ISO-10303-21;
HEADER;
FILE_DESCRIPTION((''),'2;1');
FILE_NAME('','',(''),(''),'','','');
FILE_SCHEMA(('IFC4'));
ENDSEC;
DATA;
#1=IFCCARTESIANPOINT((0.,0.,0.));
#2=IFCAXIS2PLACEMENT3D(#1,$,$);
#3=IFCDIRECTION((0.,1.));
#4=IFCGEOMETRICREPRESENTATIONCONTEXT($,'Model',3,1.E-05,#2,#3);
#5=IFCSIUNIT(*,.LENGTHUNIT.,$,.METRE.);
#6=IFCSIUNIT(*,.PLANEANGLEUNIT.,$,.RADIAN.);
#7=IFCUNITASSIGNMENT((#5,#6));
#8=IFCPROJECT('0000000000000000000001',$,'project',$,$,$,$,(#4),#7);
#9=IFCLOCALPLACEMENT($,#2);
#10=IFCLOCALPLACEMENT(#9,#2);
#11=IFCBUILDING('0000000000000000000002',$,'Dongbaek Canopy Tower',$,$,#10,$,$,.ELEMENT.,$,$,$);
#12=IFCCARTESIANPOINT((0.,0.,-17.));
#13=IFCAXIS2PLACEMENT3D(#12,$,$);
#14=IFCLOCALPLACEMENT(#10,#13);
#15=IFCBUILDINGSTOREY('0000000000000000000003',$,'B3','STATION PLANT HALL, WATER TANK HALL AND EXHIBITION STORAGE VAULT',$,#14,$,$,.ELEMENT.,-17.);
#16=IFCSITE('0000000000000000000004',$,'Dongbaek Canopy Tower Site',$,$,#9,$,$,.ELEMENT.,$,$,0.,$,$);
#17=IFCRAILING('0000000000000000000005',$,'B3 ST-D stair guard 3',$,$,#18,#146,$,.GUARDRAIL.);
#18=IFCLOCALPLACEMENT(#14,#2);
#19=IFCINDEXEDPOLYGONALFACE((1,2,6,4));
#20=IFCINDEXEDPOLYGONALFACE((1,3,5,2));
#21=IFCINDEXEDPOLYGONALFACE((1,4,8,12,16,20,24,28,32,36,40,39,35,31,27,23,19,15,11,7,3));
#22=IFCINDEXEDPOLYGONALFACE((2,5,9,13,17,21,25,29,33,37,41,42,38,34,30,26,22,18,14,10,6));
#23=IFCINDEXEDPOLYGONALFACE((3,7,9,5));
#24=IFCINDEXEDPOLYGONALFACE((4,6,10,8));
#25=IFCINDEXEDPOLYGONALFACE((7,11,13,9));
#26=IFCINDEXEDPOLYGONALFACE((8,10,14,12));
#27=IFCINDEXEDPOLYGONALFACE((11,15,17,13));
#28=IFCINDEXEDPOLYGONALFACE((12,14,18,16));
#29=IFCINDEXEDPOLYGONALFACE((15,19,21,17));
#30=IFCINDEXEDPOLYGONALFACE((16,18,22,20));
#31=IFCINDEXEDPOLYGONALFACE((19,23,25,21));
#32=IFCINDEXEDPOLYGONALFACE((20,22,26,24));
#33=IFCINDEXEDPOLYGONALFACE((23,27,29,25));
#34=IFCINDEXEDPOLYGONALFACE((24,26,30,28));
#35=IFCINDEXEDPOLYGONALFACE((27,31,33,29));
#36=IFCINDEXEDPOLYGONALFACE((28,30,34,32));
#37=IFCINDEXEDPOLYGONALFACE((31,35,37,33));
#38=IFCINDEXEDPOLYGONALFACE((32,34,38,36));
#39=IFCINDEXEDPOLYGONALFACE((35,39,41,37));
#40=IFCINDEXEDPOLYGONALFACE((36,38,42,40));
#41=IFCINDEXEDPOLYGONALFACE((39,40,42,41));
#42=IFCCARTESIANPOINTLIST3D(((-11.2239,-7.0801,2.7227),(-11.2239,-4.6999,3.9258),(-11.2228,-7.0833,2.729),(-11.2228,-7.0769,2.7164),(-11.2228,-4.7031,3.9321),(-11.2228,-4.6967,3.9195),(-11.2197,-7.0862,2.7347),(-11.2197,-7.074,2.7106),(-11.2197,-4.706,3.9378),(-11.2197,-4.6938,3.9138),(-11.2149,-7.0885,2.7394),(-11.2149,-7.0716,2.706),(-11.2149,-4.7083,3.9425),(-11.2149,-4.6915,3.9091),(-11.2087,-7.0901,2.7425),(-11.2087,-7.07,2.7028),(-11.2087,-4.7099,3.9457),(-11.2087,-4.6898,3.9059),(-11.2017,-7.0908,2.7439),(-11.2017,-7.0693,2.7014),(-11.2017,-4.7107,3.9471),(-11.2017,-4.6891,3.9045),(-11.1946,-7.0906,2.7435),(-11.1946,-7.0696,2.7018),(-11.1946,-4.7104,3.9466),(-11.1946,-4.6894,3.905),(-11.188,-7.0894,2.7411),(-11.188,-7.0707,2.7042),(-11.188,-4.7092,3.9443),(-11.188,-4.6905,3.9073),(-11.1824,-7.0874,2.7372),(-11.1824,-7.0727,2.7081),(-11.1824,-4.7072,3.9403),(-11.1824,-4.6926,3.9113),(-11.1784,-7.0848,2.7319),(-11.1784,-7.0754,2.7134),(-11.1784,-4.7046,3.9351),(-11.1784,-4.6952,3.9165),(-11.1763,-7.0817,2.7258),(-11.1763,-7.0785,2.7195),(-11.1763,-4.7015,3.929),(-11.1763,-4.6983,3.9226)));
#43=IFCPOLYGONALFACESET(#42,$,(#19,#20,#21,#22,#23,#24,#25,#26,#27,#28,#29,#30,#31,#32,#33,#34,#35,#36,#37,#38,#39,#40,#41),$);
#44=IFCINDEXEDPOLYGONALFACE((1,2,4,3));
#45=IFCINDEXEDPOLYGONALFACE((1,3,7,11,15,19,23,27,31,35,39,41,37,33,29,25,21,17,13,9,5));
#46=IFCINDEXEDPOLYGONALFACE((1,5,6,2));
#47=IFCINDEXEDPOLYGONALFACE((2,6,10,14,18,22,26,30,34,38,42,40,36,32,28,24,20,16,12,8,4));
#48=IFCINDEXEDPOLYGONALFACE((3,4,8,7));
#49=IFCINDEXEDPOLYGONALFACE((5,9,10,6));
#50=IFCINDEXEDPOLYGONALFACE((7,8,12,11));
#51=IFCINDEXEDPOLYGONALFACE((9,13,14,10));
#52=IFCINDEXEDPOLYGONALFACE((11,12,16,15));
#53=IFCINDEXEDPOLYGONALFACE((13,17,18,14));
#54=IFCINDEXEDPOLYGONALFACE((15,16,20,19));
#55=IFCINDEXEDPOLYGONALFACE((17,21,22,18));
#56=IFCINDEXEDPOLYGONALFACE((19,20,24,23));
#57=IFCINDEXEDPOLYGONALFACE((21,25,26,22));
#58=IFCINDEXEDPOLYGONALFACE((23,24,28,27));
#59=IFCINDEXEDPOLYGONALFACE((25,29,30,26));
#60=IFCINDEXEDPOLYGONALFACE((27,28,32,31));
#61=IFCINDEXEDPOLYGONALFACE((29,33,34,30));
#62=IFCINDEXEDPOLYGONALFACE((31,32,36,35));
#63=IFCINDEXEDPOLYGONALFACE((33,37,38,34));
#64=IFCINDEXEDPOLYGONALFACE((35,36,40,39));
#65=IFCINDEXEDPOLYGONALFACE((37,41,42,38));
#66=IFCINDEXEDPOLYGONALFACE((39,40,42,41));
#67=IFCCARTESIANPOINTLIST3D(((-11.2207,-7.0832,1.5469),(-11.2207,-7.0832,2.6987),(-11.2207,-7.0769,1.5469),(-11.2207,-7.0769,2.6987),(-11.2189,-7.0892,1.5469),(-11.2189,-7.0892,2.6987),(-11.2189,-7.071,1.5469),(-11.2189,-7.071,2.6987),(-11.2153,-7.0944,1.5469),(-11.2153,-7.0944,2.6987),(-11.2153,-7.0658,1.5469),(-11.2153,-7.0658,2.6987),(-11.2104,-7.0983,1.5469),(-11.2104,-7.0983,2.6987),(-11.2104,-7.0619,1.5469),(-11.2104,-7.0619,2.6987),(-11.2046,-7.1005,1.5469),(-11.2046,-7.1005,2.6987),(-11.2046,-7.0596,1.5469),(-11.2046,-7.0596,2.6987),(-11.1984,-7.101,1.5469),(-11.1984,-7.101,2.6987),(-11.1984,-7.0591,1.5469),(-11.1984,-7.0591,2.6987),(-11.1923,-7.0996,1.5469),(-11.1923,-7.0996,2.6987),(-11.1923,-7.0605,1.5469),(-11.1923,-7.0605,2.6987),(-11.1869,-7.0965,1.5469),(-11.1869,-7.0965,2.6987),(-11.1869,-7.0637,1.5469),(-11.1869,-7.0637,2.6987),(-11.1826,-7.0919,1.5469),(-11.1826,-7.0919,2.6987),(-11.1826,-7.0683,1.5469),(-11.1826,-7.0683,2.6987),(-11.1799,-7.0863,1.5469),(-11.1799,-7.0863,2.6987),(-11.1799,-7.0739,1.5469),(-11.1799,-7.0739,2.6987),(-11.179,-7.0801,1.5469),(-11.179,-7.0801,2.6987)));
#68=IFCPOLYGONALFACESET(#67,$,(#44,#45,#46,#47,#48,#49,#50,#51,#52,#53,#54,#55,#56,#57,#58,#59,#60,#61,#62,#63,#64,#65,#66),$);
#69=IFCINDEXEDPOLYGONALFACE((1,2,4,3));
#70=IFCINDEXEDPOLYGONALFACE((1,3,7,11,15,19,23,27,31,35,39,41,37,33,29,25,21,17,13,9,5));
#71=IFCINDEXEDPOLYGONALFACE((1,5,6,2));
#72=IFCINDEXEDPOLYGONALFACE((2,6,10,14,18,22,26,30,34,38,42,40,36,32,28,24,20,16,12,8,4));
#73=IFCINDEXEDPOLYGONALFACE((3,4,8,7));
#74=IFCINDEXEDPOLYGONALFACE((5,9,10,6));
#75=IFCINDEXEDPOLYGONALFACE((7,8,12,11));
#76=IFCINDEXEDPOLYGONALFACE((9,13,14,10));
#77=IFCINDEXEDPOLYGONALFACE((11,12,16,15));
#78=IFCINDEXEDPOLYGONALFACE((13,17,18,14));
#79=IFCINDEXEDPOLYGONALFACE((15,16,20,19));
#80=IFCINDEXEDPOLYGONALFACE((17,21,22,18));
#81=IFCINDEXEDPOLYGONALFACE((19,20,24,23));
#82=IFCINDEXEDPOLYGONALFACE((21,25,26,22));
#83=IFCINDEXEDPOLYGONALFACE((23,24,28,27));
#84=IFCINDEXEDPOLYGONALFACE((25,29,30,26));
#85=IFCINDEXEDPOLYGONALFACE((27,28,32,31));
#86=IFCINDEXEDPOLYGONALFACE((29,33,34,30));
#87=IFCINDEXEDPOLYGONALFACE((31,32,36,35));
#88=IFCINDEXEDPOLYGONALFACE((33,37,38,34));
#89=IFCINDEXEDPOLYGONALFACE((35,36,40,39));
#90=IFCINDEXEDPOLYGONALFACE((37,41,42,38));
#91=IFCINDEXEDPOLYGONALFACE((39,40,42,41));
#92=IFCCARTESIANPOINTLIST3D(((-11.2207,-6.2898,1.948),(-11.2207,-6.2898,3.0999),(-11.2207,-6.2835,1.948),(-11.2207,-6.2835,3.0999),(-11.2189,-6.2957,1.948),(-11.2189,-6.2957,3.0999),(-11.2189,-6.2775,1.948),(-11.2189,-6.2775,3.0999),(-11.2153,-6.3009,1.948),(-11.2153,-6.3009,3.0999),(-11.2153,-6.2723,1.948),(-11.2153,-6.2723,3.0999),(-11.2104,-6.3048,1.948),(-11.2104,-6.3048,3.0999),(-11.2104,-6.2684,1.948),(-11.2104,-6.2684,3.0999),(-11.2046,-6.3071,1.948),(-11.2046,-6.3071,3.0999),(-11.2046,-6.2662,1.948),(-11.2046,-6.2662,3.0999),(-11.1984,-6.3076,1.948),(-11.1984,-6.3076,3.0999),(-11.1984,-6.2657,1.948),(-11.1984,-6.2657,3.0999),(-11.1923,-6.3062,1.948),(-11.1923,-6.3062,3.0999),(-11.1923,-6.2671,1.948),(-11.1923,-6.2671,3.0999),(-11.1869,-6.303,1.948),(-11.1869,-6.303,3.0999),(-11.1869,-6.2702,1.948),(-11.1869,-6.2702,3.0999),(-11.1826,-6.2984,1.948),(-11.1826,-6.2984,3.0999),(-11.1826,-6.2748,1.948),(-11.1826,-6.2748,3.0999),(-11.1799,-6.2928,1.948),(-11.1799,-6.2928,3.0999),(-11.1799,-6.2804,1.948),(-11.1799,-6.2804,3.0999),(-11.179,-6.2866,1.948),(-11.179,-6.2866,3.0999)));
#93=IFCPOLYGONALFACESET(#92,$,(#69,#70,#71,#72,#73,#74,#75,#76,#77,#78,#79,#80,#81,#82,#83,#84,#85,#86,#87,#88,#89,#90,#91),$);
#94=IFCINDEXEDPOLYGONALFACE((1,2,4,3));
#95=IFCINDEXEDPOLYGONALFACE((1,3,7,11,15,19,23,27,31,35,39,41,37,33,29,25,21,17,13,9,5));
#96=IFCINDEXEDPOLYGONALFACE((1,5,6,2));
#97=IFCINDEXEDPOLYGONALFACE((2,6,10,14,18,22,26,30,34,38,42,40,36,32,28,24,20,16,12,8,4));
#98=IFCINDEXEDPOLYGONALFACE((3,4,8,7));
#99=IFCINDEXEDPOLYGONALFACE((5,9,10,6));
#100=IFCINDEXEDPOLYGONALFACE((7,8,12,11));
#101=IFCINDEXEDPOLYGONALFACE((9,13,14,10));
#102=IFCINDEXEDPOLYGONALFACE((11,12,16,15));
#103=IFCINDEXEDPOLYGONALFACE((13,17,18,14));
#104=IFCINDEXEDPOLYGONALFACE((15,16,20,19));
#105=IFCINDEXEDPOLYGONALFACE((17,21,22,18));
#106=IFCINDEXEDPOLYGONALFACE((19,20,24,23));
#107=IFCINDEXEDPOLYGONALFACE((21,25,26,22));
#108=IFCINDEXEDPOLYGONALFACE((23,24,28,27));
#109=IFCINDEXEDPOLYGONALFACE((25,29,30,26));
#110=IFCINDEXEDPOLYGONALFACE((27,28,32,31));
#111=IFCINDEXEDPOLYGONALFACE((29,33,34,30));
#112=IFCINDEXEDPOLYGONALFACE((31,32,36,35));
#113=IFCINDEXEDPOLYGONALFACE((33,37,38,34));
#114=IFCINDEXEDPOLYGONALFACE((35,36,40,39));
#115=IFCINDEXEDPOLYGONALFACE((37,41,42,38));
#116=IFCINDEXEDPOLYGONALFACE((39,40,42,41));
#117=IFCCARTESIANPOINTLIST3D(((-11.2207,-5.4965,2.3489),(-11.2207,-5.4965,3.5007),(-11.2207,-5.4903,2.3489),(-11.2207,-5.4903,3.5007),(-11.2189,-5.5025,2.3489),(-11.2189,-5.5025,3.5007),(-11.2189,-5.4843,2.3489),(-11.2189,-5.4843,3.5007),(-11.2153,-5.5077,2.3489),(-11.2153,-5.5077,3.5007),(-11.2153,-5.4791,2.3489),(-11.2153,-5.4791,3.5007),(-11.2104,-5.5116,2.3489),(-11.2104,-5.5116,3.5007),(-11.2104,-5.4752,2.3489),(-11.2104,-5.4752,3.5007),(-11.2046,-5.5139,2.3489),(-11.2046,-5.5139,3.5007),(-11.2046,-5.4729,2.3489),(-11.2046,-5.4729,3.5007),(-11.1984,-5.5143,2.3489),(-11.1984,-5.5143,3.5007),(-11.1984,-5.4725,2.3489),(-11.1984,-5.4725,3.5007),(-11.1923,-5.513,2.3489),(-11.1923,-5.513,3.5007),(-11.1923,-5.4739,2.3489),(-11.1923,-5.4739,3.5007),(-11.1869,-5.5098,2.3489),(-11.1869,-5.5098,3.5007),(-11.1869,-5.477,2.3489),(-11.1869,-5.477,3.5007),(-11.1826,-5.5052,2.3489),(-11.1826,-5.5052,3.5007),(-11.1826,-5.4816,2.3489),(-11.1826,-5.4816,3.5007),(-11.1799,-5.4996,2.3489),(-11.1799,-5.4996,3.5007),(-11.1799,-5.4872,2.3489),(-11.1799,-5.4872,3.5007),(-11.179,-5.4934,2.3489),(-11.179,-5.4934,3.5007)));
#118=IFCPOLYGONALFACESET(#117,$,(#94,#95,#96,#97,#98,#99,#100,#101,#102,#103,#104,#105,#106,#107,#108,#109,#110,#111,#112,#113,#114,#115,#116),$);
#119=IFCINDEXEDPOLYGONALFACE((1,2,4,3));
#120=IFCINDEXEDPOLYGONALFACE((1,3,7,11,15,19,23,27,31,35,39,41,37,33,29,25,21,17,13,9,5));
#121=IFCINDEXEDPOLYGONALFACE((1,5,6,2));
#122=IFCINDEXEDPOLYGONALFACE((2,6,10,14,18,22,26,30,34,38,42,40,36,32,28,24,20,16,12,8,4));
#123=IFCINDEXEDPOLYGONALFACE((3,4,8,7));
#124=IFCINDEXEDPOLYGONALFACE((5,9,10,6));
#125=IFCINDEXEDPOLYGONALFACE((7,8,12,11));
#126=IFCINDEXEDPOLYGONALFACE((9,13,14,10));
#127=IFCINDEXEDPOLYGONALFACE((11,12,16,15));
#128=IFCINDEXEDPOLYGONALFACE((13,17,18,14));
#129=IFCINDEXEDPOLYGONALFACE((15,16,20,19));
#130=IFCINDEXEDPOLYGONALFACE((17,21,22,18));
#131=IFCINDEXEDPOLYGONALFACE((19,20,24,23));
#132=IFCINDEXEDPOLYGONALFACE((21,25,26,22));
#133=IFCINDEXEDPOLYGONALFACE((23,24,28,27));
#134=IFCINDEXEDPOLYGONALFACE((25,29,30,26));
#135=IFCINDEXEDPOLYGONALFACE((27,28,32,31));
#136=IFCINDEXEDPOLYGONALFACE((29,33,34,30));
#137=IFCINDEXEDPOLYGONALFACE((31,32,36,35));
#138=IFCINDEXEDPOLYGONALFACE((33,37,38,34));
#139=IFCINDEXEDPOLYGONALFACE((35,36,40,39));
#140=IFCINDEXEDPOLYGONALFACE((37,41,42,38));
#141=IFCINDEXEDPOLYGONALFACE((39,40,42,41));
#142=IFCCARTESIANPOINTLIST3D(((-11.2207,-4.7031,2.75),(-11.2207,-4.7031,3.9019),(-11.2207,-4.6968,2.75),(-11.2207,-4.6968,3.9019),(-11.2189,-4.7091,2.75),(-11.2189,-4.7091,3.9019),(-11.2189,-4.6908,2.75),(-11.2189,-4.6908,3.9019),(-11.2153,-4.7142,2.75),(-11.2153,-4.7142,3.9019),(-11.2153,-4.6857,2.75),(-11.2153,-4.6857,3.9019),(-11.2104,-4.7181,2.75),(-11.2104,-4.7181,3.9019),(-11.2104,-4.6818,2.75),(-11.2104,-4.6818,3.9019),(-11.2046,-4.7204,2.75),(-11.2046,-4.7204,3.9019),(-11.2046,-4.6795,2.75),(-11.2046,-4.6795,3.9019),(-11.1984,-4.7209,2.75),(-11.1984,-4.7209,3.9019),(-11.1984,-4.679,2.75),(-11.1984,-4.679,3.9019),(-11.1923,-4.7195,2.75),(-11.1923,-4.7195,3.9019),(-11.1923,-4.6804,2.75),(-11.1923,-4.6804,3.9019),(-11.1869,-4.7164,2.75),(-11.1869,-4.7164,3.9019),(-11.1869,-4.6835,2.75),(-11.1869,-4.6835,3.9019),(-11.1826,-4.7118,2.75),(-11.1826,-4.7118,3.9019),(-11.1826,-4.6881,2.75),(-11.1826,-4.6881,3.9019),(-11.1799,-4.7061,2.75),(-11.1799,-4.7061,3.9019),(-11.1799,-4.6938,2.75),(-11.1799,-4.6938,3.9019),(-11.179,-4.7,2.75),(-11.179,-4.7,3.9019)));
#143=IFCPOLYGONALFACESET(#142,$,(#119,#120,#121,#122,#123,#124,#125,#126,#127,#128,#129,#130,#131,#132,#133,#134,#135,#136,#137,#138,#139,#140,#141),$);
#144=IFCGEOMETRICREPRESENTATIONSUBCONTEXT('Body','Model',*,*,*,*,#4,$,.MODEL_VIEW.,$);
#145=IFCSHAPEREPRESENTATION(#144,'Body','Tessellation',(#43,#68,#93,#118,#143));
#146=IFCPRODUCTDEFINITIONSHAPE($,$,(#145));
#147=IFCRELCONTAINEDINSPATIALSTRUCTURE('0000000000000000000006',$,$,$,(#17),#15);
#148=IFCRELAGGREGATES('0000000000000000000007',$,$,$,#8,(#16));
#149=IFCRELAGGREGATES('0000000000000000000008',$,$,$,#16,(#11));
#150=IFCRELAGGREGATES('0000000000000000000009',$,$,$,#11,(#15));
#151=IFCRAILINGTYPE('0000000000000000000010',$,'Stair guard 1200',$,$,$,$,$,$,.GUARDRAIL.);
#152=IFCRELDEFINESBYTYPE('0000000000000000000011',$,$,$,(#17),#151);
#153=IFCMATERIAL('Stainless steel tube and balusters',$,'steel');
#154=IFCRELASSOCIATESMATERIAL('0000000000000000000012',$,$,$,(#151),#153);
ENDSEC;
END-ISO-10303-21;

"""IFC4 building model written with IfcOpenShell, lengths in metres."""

from ifc_helpers import new_model, si_unit, direction, frame, origin, origin_2d, place, context, subcontext, project, spatial, circle, extrude, material, type_object, element, save


model = new_model("IFC4")

# Units and contexts
model_context = context("Model", 3, precision=1e-05, world=origin(), true_north=direction((0.0, 1.0)))
body_context = subcontext(model_context, "Body", "Model", "MODEL_VIEW")
ifc_project = project(units=[si_unit("LENGTHUNIT", "METRE"), si_unit("PLANEANGLEUNIT", "RADIAN")], contexts=[model_context])

# Site, building, storey
site_placement = place(None, origin())
site = spatial("IfcSite", under=ifc_project, at=site_placement, Name="Dongbaek Canopy Tower Site", CompositionType="ELEMENT", RefElevation=0.0)
building_placement = place(site_placement, origin())
building = spatial("IfcBuilding", under=site, at=building_placement, Name="Dongbaek Canopy Tower", CompositionType="ELEMENT")
storey_placement = place(building_placement, frame((0.0, 0.0, -17.0)))
storey = spatial("IfcBuildingStorey", under=building, at=storey_placement, Name="B3", Description="STATION PLANT HALL, WATER TANK HALL AND EXHIBITION STORAGE VAULT", CompositionType="ELEMENT", Elevation=-17.0)

# Railing
ifc_material_1 = material(Name="Stainless steel tube and balusters", Category="steel")
railing_type = type_object("IfcRailingType", Name="Stair guard 1200", PredefinedType="GUARDRAIL", material=ifc_material_1)
railing_1_placement = place(storey_placement, frame((-11.2, -7.0801, 1.5469)))
element("IfcRailing", 1, at=railing_1_placement, inside=storey, type_object=railing_type, Name="B3 ST-D stair guard 3", PredefinedType="GUARDRAIL", context=body_context, shape_type="SweptSolid", body=[
    extrude(circle(Radius=0.0239, at=origin_2d()), frame((0.0, 0.0, 1.1758), z_axis=(0.0, 0.89246, 0.451127), x_axis=(-1.0, 0.0, 0.0)), (0.0, 0.0, 1.0), 2.667),
    extrude(circle(Radius=0.021, at=origin_2d()), origin(), (0.0, 0.0, 1.0), 1.1519),
    extrude(circle(Radius=0.021, at=origin_2d()), frame((0.0, 0.7935, 0.4011)), (0.0, 0.0, 1.0), 1.1519),
    extrude(circle(Radius=0.021, at=origin_2d()), frame((0.0, 1.5867, 0.802)), (0.0, 0.0, 1.0), 1.1519),
    extrude(circle(Radius=0.021, at=origin_2d()), frame((0.0, 2.3801, 1.2031)), (0.0, 0.0, 1.0), 1.1519),
])

save(model, "model.ifc")
